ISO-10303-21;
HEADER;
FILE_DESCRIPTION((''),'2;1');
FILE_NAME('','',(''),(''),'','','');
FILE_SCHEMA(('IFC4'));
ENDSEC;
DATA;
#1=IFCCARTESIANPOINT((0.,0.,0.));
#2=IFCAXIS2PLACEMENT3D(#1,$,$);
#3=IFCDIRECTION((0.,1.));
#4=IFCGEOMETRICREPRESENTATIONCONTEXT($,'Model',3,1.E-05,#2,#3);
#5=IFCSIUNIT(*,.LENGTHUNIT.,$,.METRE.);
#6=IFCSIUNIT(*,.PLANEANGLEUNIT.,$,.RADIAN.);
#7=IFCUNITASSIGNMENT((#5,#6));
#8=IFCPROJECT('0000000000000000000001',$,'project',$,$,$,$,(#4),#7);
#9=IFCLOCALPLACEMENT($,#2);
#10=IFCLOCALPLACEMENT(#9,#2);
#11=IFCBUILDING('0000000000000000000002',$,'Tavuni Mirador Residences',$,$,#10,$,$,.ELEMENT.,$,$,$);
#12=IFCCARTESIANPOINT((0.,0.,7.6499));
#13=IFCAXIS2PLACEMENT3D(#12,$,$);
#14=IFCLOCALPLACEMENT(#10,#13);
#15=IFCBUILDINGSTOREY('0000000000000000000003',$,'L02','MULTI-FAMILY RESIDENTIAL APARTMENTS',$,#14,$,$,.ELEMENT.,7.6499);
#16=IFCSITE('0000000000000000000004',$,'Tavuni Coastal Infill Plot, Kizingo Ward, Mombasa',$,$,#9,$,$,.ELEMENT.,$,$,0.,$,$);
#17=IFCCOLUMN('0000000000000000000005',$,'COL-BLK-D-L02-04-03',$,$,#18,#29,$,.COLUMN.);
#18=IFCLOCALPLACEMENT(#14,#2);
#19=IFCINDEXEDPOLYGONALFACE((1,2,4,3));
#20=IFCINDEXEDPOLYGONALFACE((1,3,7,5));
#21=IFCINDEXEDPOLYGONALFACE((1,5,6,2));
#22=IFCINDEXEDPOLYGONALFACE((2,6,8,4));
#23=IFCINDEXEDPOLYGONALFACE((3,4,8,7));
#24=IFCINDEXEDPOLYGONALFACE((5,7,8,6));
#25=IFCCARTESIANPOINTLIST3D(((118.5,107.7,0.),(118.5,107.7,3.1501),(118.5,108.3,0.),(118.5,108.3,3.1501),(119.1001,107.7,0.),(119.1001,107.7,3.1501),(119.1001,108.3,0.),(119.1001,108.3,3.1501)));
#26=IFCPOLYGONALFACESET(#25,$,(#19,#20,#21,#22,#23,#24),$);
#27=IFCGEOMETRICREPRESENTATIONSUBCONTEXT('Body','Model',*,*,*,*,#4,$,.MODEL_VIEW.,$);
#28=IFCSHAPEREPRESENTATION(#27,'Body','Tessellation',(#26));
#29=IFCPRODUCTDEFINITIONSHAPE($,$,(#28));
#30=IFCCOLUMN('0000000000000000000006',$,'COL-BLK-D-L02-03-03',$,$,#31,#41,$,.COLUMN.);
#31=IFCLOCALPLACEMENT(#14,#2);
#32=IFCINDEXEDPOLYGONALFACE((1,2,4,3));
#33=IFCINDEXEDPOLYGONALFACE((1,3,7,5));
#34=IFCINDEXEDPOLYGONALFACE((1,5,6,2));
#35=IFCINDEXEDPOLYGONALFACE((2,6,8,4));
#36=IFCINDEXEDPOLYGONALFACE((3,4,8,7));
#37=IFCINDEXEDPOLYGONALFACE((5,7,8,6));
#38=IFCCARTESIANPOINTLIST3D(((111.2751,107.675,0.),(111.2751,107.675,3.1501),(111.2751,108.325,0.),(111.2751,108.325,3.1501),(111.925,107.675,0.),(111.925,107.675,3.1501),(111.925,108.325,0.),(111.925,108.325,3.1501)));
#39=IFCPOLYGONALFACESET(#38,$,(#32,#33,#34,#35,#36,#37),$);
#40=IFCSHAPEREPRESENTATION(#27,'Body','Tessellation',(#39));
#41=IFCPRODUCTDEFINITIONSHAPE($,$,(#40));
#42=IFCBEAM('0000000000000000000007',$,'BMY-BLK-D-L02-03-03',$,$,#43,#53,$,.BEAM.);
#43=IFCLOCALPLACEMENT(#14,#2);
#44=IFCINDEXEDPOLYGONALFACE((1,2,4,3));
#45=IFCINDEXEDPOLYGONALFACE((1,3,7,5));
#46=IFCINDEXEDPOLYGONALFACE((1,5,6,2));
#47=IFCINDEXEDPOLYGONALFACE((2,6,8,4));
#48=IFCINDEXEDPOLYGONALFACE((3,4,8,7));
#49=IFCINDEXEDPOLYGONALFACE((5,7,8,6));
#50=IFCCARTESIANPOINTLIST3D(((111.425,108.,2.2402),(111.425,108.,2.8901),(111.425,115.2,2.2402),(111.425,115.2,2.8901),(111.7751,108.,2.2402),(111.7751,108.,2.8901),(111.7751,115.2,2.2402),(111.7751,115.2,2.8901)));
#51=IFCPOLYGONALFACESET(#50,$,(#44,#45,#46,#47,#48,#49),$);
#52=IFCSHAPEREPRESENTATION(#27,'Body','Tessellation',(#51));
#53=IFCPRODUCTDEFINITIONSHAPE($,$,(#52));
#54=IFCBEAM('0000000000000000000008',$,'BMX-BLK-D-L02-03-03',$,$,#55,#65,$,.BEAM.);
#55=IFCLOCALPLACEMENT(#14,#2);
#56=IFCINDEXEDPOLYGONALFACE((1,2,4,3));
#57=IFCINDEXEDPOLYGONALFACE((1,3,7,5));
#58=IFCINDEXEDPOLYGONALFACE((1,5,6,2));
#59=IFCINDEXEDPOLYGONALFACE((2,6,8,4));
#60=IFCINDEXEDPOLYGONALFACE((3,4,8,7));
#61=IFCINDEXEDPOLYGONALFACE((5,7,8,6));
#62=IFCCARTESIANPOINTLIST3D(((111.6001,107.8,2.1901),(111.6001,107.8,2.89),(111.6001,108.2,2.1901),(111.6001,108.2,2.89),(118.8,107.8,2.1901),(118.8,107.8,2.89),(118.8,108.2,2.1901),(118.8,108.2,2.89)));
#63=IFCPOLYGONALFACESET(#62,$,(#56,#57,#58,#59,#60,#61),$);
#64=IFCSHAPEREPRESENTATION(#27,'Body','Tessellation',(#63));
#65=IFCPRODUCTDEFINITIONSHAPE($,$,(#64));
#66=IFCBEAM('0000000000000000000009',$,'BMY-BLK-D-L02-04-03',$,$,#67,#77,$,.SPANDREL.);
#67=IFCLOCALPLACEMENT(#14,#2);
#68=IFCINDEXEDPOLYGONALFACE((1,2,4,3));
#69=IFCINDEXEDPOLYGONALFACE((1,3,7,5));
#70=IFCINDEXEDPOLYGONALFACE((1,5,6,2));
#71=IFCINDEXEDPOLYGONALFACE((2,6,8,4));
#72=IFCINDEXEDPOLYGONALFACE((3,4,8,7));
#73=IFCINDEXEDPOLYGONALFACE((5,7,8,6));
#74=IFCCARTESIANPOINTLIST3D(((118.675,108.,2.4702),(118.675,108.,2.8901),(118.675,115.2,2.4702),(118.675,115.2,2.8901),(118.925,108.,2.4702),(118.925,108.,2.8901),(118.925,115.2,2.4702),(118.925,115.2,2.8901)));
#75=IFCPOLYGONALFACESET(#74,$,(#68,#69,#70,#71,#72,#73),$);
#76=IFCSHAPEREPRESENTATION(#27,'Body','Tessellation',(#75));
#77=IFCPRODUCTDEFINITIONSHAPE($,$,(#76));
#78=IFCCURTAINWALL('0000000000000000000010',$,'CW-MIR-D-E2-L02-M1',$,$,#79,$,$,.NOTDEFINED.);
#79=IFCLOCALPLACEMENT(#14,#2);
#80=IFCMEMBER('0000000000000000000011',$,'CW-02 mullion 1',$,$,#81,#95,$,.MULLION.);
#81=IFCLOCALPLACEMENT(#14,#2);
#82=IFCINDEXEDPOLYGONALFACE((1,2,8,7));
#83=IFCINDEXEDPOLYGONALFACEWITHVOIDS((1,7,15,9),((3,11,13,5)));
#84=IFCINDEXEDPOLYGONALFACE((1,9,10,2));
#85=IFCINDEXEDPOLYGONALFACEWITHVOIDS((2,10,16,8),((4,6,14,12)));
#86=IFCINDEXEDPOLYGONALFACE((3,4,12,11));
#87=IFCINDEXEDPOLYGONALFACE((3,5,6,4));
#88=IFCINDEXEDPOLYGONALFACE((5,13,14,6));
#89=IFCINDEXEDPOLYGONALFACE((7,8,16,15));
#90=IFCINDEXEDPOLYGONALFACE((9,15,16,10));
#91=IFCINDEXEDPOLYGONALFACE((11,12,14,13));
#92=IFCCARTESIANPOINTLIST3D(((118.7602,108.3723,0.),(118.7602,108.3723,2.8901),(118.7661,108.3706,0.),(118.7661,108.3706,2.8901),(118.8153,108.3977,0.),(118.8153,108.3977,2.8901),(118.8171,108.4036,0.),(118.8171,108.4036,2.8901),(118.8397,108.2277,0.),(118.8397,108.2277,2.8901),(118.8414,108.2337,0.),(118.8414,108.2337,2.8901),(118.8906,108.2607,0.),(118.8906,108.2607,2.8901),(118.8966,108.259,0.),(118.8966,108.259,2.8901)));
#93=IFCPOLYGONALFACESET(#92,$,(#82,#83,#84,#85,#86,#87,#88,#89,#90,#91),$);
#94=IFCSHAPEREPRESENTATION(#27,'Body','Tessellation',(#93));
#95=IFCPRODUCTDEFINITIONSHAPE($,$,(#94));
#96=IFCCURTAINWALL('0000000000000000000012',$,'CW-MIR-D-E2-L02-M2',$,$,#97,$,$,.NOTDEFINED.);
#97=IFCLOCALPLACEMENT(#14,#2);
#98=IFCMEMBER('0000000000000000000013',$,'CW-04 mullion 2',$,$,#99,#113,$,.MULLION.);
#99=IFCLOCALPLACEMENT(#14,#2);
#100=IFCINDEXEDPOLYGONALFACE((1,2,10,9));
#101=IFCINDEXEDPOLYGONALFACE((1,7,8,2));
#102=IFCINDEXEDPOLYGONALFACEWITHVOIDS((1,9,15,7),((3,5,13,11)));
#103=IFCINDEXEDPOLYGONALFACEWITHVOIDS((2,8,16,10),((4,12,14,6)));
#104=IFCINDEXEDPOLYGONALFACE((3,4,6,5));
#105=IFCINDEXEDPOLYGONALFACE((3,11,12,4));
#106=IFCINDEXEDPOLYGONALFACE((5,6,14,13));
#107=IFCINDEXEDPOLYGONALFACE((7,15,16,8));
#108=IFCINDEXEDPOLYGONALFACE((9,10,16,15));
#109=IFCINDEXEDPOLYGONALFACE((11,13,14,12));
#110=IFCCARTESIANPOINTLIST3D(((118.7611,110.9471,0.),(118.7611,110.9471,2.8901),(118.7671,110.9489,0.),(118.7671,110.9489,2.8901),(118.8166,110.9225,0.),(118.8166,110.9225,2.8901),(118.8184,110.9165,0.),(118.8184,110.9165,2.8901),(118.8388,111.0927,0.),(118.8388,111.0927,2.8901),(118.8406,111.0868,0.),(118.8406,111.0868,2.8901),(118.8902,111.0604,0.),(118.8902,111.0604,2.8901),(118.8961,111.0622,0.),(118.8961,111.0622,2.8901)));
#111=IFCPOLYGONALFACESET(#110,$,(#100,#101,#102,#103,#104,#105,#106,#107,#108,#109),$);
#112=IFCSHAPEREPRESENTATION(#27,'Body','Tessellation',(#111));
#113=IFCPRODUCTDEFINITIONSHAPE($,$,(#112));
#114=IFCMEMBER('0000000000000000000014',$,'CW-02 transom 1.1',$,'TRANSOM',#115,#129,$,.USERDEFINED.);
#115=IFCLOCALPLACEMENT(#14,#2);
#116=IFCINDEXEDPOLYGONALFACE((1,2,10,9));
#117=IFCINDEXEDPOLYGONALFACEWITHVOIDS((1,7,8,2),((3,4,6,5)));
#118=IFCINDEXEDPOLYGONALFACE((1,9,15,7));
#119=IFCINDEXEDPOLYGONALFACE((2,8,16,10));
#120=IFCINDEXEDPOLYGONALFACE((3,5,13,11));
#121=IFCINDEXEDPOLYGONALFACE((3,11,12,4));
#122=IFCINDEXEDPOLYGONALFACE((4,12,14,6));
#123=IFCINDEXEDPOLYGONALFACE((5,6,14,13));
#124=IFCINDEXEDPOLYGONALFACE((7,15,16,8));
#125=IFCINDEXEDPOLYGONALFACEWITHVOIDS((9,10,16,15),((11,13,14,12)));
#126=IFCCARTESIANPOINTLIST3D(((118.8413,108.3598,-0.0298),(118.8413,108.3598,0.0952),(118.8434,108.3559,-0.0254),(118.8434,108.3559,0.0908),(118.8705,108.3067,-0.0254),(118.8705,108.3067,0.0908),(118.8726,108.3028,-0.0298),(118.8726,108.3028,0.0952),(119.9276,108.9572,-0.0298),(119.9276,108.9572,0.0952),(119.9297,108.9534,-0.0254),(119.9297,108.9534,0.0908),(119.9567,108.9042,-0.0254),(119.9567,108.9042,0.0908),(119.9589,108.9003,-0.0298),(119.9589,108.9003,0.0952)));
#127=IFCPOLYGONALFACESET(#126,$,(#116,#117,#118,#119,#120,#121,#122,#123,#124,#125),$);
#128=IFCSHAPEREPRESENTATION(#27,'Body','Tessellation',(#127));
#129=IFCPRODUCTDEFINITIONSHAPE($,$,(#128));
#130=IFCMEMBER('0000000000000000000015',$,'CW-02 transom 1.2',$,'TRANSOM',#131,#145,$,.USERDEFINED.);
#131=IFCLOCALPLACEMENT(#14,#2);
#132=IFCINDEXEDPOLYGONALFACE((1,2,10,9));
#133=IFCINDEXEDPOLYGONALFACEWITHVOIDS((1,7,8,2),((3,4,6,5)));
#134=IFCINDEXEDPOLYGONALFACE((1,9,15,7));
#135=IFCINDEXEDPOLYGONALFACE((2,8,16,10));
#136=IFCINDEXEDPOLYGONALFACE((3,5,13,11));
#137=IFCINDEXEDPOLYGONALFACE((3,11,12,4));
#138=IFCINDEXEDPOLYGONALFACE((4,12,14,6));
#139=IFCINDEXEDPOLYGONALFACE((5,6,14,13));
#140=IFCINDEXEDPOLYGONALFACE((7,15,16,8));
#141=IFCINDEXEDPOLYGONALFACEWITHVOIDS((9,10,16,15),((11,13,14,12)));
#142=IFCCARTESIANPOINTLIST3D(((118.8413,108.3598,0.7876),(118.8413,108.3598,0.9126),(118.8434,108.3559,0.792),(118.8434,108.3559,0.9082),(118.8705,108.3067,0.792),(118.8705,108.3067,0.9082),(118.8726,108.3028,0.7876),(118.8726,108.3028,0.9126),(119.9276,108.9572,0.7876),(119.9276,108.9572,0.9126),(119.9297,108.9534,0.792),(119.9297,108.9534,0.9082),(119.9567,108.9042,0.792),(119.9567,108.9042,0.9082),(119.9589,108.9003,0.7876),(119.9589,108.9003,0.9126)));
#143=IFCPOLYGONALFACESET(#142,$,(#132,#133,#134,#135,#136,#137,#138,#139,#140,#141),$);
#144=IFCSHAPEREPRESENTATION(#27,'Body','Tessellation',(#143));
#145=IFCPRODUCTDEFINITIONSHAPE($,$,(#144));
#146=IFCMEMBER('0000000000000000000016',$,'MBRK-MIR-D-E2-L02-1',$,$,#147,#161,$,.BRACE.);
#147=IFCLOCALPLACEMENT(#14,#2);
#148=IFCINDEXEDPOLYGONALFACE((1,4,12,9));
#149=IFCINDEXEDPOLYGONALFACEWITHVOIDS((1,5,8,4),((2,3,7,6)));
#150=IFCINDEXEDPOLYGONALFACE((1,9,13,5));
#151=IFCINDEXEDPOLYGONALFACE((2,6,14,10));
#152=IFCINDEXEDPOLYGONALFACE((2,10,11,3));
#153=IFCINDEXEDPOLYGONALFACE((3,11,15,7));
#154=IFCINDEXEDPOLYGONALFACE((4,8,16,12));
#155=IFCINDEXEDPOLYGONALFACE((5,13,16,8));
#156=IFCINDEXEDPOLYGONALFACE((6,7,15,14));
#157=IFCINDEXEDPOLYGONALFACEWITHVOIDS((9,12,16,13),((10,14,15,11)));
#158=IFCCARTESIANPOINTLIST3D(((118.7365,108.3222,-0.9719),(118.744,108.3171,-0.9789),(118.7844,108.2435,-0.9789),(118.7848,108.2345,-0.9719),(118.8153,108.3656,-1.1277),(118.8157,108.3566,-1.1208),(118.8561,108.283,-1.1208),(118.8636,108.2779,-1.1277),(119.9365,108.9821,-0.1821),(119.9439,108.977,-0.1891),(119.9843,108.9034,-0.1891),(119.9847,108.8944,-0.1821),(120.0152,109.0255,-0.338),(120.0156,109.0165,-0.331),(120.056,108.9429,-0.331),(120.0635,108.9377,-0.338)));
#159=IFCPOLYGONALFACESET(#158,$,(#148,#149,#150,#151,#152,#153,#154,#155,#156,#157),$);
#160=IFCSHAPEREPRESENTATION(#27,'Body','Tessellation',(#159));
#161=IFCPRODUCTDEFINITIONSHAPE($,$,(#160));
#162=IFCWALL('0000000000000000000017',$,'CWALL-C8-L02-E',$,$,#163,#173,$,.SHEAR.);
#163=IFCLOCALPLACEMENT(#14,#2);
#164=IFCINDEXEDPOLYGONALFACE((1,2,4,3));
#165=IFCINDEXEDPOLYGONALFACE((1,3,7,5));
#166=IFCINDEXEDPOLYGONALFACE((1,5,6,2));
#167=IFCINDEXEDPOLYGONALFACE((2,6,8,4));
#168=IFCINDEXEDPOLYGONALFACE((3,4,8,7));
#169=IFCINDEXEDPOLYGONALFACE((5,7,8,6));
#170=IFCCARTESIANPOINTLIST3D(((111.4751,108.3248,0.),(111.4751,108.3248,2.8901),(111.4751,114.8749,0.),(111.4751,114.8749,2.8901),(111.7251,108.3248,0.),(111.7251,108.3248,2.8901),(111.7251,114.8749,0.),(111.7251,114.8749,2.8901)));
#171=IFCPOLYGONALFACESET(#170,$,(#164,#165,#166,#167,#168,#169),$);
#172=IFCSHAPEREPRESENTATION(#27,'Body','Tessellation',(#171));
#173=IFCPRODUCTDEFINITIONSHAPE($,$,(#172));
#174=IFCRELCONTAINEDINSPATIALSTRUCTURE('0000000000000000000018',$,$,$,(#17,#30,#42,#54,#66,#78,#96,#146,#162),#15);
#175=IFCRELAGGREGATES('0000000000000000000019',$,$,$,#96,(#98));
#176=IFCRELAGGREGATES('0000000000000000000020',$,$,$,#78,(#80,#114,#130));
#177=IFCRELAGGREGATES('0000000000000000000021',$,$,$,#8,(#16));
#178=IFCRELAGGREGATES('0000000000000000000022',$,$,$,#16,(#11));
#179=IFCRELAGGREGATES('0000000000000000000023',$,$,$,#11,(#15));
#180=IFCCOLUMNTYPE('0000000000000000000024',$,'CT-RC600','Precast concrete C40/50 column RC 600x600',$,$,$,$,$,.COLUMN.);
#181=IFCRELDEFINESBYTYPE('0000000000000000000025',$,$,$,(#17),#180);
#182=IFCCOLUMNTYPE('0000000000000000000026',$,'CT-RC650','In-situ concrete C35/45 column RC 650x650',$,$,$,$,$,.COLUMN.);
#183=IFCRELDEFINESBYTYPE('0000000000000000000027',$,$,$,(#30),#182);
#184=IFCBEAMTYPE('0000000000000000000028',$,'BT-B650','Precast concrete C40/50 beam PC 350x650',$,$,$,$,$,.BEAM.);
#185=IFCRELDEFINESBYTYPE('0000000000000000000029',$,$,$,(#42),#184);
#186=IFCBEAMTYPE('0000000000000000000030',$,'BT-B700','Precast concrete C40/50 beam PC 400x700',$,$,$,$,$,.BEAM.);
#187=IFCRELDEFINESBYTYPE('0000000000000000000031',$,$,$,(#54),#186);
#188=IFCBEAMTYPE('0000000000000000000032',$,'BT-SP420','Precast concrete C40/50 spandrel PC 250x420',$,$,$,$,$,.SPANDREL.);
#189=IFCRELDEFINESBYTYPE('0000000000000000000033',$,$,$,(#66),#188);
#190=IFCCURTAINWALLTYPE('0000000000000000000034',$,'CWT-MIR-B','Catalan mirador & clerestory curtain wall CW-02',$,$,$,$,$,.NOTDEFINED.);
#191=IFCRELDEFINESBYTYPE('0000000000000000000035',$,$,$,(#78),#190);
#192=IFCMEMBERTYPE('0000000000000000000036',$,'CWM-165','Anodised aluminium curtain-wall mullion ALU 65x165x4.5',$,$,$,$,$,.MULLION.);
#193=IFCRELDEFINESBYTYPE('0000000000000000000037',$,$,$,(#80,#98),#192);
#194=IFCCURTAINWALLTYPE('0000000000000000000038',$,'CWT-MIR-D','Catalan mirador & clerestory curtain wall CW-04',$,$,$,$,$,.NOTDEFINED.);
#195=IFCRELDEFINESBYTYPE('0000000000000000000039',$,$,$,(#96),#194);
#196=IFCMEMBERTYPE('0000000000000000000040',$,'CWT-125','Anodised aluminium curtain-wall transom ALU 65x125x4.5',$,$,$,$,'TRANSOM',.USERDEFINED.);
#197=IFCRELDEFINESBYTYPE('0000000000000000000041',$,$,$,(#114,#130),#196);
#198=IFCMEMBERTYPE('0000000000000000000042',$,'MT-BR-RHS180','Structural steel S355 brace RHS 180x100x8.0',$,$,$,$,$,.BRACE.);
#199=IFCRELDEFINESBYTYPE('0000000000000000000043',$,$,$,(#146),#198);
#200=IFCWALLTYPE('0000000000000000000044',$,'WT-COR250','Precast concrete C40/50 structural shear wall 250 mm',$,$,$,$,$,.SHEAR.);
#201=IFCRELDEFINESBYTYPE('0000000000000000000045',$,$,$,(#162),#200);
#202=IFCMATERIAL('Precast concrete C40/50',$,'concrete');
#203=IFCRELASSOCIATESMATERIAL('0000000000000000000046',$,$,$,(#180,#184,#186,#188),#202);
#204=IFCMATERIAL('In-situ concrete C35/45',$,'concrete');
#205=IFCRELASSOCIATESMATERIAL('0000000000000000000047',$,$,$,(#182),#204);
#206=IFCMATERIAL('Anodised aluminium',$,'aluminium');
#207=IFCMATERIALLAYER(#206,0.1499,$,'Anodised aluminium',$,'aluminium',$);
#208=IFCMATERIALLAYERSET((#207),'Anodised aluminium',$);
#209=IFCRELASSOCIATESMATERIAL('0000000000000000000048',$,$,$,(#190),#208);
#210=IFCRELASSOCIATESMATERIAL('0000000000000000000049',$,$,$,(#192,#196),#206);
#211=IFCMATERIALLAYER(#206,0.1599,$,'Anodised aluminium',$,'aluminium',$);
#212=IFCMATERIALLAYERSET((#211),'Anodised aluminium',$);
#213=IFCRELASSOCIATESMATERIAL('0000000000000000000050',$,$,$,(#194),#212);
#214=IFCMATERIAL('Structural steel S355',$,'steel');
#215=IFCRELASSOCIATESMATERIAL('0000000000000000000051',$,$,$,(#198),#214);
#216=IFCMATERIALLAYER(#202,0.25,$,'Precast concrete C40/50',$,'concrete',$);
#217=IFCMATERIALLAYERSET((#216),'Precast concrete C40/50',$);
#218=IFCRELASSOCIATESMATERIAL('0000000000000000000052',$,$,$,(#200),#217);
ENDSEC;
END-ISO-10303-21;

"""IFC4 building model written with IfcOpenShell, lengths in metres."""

from ifc_helpers import new_model, si_unit, direction, frame, frame_2d, origin, origin_2d, place, context, subcontext, project, spatial, rectangle, hollow_rectangle, extrude, material, layer, layer_set, material_profile, profile_set, type_object, element, aggregate, save


model = new_model("IFC4")

# Units and contexts
model_context = context("Model", 3, precision=1e-05, world=origin(), true_north=direction((0.0, 1.0)))
body_context = subcontext(model_context, "Body", "Model", "MODEL_VIEW")
ifc_project = project(units=[si_unit("LENGTHUNIT", "METRE"), si_unit("PLANEANGLEUNIT", "RADIAN")], contexts=[model_context])

# Site, building, storey
site_placement = place(None, origin())
site = spatial("IfcSite", under=ifc_project, at=site_placement, Name="Tavuni Coastal Infill Plot, Kizingo Ward, Mombasa", CompositionType="ELEMENT", RefElevation=0.0)
building_placement = place(site_placement, origin())
building = spatial("IfcBuilding", under=site, at=building_placement, Name="Tavuni Mirador Residences", CompositionType="ELEMENT")
storey_placement = place(building_placement, frame((0.0, 0.0, 7.6499)))
storey = spatial("IfcBuildingStorey", under=building, at=storey_placement, Name="L02", Description="MULTI-FAMILY RESIDENTIAL APARTMENTS", CompositionType="ELEMENT", Elevation=7.6499)

# Columns
ifc_material_1 = material(Name="Precast concrete C40/50", Category="concrete")
ifc_material_profile_1 = material_profile(ifc_material_1, rectangle(XDim=0.6001, YDim=0.6001, at=origin_2d()), Name="RC 600x600", Category="concrete")
ifc_profile_set_1 = profile_set([ifc_material_profile_1], Name="Precast concrete C40/50")
column_type_1 = type_object("IfcColumnType", Name="CT-RC600", Description="Precast concrete C40/50 column RC 600x600", PredefinedType="COLUMN", material=ifc_profile_set_1)
column_1_placement = place(storey_placement, frame((118.8, 108.0, 0.0), z_axis=(0.0, 0.0, 1.0), x_axis=(1.0, 0.0, 0.0)))
element("IfcColumn", 1, at=column_1_placement, inside=storey, type_object=column_type_1, Name="COL-BLK-D-L02-04-03", PredefinedType="COLUMN", context=body_context, shape_type="SweptSolid", body=[
    extrude(rectangle(XDim=0.6001, YDim=0.6001, at=origin_2d()), origin(), (0.0, 0.0, 1.0), 3.1501),
])
ifc_material_2 = material(Name="In-situ concrete C35/45", Category="concrete")
ifc_material_profile_2 = material_profile(ifc_material_2, rectangle(XDim=0.6499, YDim=0.6499, at=origin_2d()), Name="RC 650x650", Category="concrete")
ifc_profile_set_2 = profile_set([ifc_material_profile_2], Name="In-situ concrete C35/45")
column_type_2 = type_object("IfcColumnType", Name="CT-RC650", Description="In-situ concrete C35/45 column RC 650x650", PredefinedType="COLUMN", material=ifc_profile_set_2)
column_2_placement = place(storey_placement, frame((111.6001, 108.0, 0.0), z_axis=(0.0, 0.0, 1.0), x_axis=(1.0, 0.0, 0.0)))
element("IfcColumn", 2, at=column_2_placement, inside=storey, type_object=column_type_2, Name="COL-BLK-D-L02-03-03", PredefinedType="COLUMN", context=body_context, shape_type="SweptSolid", body=[
    extrude(rectangle(XDim=0.6499, YDim=0.6499, at=origin_2d()), origin(), (0.0, 0.0, 1.0), 3.1501),
])

# Beams
ifc_material_profile_3 = material_profile(ifc_material_1, rectangle(XDim=0.3501, YDim=0.6499, at=origin_2d()), Name="PC 350x650", Category="concrete")
ifc_profile_set_3 = profile_set([ifc_material_profile_3], Name="Precast concrete C40/50")
beam_type_1 = type_object("IfcBeamType", Name="BT-B650", Description="Precast concrete C40/50 beam PC 350x650", PredefinedType="BEAM", material=ifc_profile_set_3)
beam_1_placement = place(storey_placement, frame((111.6001, 108.0, 2.5652), z_axis=(0.0, 1.0, 0.0), x_axis=(-1.0, 0.0, 0.0)))
element("IfcBeam", 3, at=beam_1_placement, inside=storey, type_object=beam_type_1, Name="BMY-BLK-D-L02-03-03", PredefinedType="BEAM", context=body_context, shape_type="SweptSolid", body=[
    extrude(rectangle(XDim=0.3501, YDim=0.6499, at=origin_2d()), origin(), (0.0, 0.0, 1.0), 7.2),
])
ifc_material_profile_4 = material_profile(ifc_material_1, rectangle(XDim=0.3999, YDim=0.7, at=origin_2d()), Name="PC 400x700", Category="concrete")
ifc_profile_set_4 = profile_set([ifc_material_profile_4], Name="Precast concrete C40/50")
beam_type_2 = type_object("IfcBeamType", Name="BT-B700", Description="Precast concrete C40/50 beam PC 400x700", PredefinedType="BEAM", material=ifc_profile_set_4)
beam_2_placement = place(storey_placement, frame((111.6001, 108.0, 2.54), z_axis=(1.0, 0.0, 0.0), x_axis=(0.0, 1.0, 0.0)))
element("IfcBeam", 4, at=beam_2_placement, inside=storey, type_object=beam_type_2, Name="BMX-BLK-D-L02-03-03", PredefinedType="BEAM", context=body_context, shape_type="SweptSolid", body=[
    extrude(rectangle(XDim=0.3999, YDim=0.7, at=origin_2d()), origin(), (0.0, 0.0, 1.0), 7.2),
])
ifc_material_profile_5 = material_profile(ifc_material_1, rectangle(XDim=0.25, YDim=0.4199, at=origin_2d()), Name="PC 250x420", Category="concrete")
ifc_profile_set_5 = profile_set([ifc_material_profile_5], Name="Precast concrete C40/50")
beam_type_3 = type_object("IfcBeamType", Name="BT-SP420", Description="Precast concrete C40/50 spandrel PC 250x420", PredefinedType="SPANDREL", material=ifc_profile_set_5)
beam_3_placement = place(storey_placement, frame((118.8, 108.0, 2.6802), z_axis=(0.0, 1.0, 0.0), x_axis=(-1.0, 0.0, 0.0)))
element("IfcBeam", 5, at=beam_3_placement, inside=storey, type_object=beam_type_3, Name="BMY-BLK-D-L02-04-03", PredefinedType="SPANDREL", context=body_context, shape_type="SweptSolid", body=[
    extrude(rectangle(XDim=0.25, YDim=0.4199, at=origin_2d()), origin(), (0.0, 0.0, 1.0), 7.2),
])

# Curtain walls, members
ifc_material_3 = material(Name="Anodised aluminium", Category="aluminium")
ifc_layer_1 = layer(ifc_material_3, 0.1499, Name="Anodised aluminium", Category="aluminium")
ifc_layer_set_1 = layer_set([ifc_layer_1], Name="Anodised aluminium")
curtain_wall_type_1 = type_object("IfcCurtainWallType", Name="CWT-MIR-B", Description="Catalan mirador & clerestory curtain wall CW-02", PredefinedType="NOTDEFINED", material=ifc_layer_set_1)
curtain_wall_1_placement = place(storey_placement, origin())
curtain_wall_1 = element("IfcCurtainWall", 6, at=curtain_wall_1_placement, inside=storey, type_object=curtain_wall_type_1, Name="CW-MIR-D-E2-L02-M1", PredefinedType="NOTDEFINED")
ifc_material_profile_6 = material_profile(ifc_material_3, hollow_rectangle(XDim=0.0649, YDim=0.165, WallThickness=0.0044, at=origin_2d()), Name="ALU 65x165x4.5", Category="aluminium")
ifc_profile_set_6 = profile_set([ifc_material_profile_6], Name="Anodised aluminium")
member_type_1 = type_object("IfcMemberType", Name="CWM-165", Description="Anodised aluminium curtain-wall mullion ALU 65x165x4.5", PredefinedType="MULLION", material=ifc_profile_set_6)
member_1_placement = place(storey_placement, frame((118.8284, 108.3157, 0.0), z_axis=(0.0, 0.0, 1.0), x_axis=(0.876216, 0.481919, 0.0)))
member_1 = element("IfcMember", 7, at=member_1_placement, type_object=member_type_1, Name="CW-02 mullion 1", PredefinedType="MULLION", context=body_context, shape_type="SweptSolid", body=[
    extrude(hollow_rectangle(XDim=0.0649, YDim=0.165, WallThickness=0.0044, at=origin_2d()), origin(), (0.0, 0.0, 1.0), 2.8901),
])
ifc_layer_2 = layer(ifc_material_3, 0.1599, Name="Anodised aluminium", Category="aluminium")
ifc_layer_set_2 = layer_set([ifc_layer_2], Name="Anodised aluminium")
curtain_wall_type_2 = type_object("IfcCurtainWallType", Name="CWT-MIR-D", Description="Catalan mirador & clerestory curtain wall CW-04", PredefinedType="NOTDEFINED", material=ifc_layer_set_2)
curtain_wall_2_placement = place(storey_placement, origin())
curtain_wall_2 = element("IfcCurtainWall", 8, at=curtain_wall_2_placement, inside=storey, type_object=curtain_wall_type_2, Name="CW-MIR-D-E2-L02-M2", PredefinedType="NOTDEFINED")
member_2_placement = place(storey_placement, frame((118.8286, 111.0046, 0.0), z_axis=(0.0, 0.0, 1.0), x_axis=(-0.882353, 0.470588, 0.0)))
member_2 = element("IfcMember", 9, at=member_2_placement, type_object=member_type_1, Name="CW-04 mullion 2", PredefinedType="MULLION", context=body_context, shape_type="SweptSolid", body=[
    extrude(hollow_rectangle(XDim=0.0649, YDim=0.165, WallThickness=0.0044, at=origin_2d()), origin(), (0.0, 0.0, 1.0), 2.8901),
])
aggregate(curtain_wall_2, [member_2])

# Members
ifc_material_profile_7 = material_profile(ifc_material_3, hollow_rectangle(XDim=0.0649, YDim=0.125, WallThickness=0.0044, at=origin_2d()), Name="ALU 65x125x4.5", Category="aluminium")
ifc_profile_set_7 = profile_set([ifc_material_profile_7], Name="Anodised aluminium")
member_type_2 = type_object("IfcMemberType", Name="CWT-125", Description="Anodised aluminium curtain-wall transom ALU 65x125x4.5", ElementType="TRANSOM", PredefinedType="USERDEFINED", material=ifc_profile_set_7)
member_3_placement = place(storey_placement, frame((118.8569, 108.3313, 0.0327), z_axis=(0.876212, 0.481926, 0.0), x_axis=(-0.481926, 0.876212, 0.0)))
member_3 = element("IfcMember", 10, at=member_3_placement, type_object=member_type_2, Name="CW-02 transom 1.1", ObjectType="TRANSOM", PredefinedType="USERDEFINED", context=body_context, shape_type="SweptSolid", body=[
    extrude(hollow_rectangle(XDim=0.0649, YDim=0.125, WallThickness=0.0044, at=origin_2d()), origin(), (0.0, 0.0, 1.0), 1.2397),
])
member_4_placement = place(storey_placement, frame((118.8569, 108.3313, 0.8501), z_axis=(0.876212, 0.481926, 0.0), x_axis=(-0.481926, 0.876212, 0.0)))
member_4 = element("IfcMember", 11, at=member_4_placement, type_object=member_type_2, Name="CW-02 transom 1.2", ObjectType="TRANSOM", PredefinedType="USERDEFINED", context=body_context, shape_type="SweptSolid", body=[
    extrude(hollow_rectangle(XDim=0.0649, YDim=0.125, WallThickness=0.0044, at=origin_2d()), origin(), (0.0, 0.0, 1.0), 1.2397),
])
aggregate(curtain_wall_1, [member_1, member_3, member_4])
ifc_material_4 = material(Name="Structural steel S355", Category="steel")
ifc_material_profile_8 = material_profile(ifc_material_4, hollow_rectangle(XDim=0.1001, YDim=0.1799, WallThickness=0.0081, at=origin_2d()), Name="RHS 180x100x8.0", Category="steel")
ifc_profile_set_8 = profile_set([ifc_material_profile_8], Name="Structural steel S355")
member_type_3 = type_object("IfcMemberType", Name="MT-BR-RHS180", Description="Structural steel S355 brace RHS 180x100x8.0", PredefinedType="BRACE", material=ifc_profile_set_8)
member_5_placement = place(storey_placement, frame((118.8, 108.3, -1.0498), z_axis=(0.759046, 0.417437, 0.499596), x_axis=(-0.481885, 0.876235, 0.0)))
element("IfcMember", 12, at=member_5_placement, inside=storey, type_object=member_type_3, Name="MBRK-MIR-D-E2-L02-1", PredefinedType="BRACE", context=body_context, shape_type="SweptSolid", body=[
    extrude(hollow_rectangle(XDim=0.1001, YDim=0.1799, WallThickness=0.0081, at=origin_2d()), origin(), (0.0, 0.0, 1.0), 1.5808),
])

# Wall
ifc_layer_3 = layer(ifc_material_1, 0.25, Name="Precast concrete C40/50", Category="concrete")
ifc_layer_set_3 = layer_set([ifc_layer_3], Name="Precast concrete C40/50")
wall_type_1 = type_object("IfcWallType", Name="WT-COR250", Description="Precast concrete C40/50 structural shear wall 250 mm", PredefinedType="SHEAR", material=ifc_layer_set_3)
wall_1_placement = place(storey_placement, frame((111.6001, 108.325, 0.0), z_axis=(0.0, 0.0, 1.0), x_axis=(0.0, 1.0, 0.0)))
element("IfcWall", 13, at=wall_1_placement, inside=storey, type_object=wall_type_1, Name="CWALL-C8-L02-E", PredefinedType="SHEAR", context=body_context, shape_type="SweptSolid", body=[
    extrude(rectangle(XDim=6.55, YDim=0.25, at=frame_2d((3.2749, 0.0))), origin(), (0.0, 0.0, 1.0), 2.8901),
])

save(model, "model.ifc")
